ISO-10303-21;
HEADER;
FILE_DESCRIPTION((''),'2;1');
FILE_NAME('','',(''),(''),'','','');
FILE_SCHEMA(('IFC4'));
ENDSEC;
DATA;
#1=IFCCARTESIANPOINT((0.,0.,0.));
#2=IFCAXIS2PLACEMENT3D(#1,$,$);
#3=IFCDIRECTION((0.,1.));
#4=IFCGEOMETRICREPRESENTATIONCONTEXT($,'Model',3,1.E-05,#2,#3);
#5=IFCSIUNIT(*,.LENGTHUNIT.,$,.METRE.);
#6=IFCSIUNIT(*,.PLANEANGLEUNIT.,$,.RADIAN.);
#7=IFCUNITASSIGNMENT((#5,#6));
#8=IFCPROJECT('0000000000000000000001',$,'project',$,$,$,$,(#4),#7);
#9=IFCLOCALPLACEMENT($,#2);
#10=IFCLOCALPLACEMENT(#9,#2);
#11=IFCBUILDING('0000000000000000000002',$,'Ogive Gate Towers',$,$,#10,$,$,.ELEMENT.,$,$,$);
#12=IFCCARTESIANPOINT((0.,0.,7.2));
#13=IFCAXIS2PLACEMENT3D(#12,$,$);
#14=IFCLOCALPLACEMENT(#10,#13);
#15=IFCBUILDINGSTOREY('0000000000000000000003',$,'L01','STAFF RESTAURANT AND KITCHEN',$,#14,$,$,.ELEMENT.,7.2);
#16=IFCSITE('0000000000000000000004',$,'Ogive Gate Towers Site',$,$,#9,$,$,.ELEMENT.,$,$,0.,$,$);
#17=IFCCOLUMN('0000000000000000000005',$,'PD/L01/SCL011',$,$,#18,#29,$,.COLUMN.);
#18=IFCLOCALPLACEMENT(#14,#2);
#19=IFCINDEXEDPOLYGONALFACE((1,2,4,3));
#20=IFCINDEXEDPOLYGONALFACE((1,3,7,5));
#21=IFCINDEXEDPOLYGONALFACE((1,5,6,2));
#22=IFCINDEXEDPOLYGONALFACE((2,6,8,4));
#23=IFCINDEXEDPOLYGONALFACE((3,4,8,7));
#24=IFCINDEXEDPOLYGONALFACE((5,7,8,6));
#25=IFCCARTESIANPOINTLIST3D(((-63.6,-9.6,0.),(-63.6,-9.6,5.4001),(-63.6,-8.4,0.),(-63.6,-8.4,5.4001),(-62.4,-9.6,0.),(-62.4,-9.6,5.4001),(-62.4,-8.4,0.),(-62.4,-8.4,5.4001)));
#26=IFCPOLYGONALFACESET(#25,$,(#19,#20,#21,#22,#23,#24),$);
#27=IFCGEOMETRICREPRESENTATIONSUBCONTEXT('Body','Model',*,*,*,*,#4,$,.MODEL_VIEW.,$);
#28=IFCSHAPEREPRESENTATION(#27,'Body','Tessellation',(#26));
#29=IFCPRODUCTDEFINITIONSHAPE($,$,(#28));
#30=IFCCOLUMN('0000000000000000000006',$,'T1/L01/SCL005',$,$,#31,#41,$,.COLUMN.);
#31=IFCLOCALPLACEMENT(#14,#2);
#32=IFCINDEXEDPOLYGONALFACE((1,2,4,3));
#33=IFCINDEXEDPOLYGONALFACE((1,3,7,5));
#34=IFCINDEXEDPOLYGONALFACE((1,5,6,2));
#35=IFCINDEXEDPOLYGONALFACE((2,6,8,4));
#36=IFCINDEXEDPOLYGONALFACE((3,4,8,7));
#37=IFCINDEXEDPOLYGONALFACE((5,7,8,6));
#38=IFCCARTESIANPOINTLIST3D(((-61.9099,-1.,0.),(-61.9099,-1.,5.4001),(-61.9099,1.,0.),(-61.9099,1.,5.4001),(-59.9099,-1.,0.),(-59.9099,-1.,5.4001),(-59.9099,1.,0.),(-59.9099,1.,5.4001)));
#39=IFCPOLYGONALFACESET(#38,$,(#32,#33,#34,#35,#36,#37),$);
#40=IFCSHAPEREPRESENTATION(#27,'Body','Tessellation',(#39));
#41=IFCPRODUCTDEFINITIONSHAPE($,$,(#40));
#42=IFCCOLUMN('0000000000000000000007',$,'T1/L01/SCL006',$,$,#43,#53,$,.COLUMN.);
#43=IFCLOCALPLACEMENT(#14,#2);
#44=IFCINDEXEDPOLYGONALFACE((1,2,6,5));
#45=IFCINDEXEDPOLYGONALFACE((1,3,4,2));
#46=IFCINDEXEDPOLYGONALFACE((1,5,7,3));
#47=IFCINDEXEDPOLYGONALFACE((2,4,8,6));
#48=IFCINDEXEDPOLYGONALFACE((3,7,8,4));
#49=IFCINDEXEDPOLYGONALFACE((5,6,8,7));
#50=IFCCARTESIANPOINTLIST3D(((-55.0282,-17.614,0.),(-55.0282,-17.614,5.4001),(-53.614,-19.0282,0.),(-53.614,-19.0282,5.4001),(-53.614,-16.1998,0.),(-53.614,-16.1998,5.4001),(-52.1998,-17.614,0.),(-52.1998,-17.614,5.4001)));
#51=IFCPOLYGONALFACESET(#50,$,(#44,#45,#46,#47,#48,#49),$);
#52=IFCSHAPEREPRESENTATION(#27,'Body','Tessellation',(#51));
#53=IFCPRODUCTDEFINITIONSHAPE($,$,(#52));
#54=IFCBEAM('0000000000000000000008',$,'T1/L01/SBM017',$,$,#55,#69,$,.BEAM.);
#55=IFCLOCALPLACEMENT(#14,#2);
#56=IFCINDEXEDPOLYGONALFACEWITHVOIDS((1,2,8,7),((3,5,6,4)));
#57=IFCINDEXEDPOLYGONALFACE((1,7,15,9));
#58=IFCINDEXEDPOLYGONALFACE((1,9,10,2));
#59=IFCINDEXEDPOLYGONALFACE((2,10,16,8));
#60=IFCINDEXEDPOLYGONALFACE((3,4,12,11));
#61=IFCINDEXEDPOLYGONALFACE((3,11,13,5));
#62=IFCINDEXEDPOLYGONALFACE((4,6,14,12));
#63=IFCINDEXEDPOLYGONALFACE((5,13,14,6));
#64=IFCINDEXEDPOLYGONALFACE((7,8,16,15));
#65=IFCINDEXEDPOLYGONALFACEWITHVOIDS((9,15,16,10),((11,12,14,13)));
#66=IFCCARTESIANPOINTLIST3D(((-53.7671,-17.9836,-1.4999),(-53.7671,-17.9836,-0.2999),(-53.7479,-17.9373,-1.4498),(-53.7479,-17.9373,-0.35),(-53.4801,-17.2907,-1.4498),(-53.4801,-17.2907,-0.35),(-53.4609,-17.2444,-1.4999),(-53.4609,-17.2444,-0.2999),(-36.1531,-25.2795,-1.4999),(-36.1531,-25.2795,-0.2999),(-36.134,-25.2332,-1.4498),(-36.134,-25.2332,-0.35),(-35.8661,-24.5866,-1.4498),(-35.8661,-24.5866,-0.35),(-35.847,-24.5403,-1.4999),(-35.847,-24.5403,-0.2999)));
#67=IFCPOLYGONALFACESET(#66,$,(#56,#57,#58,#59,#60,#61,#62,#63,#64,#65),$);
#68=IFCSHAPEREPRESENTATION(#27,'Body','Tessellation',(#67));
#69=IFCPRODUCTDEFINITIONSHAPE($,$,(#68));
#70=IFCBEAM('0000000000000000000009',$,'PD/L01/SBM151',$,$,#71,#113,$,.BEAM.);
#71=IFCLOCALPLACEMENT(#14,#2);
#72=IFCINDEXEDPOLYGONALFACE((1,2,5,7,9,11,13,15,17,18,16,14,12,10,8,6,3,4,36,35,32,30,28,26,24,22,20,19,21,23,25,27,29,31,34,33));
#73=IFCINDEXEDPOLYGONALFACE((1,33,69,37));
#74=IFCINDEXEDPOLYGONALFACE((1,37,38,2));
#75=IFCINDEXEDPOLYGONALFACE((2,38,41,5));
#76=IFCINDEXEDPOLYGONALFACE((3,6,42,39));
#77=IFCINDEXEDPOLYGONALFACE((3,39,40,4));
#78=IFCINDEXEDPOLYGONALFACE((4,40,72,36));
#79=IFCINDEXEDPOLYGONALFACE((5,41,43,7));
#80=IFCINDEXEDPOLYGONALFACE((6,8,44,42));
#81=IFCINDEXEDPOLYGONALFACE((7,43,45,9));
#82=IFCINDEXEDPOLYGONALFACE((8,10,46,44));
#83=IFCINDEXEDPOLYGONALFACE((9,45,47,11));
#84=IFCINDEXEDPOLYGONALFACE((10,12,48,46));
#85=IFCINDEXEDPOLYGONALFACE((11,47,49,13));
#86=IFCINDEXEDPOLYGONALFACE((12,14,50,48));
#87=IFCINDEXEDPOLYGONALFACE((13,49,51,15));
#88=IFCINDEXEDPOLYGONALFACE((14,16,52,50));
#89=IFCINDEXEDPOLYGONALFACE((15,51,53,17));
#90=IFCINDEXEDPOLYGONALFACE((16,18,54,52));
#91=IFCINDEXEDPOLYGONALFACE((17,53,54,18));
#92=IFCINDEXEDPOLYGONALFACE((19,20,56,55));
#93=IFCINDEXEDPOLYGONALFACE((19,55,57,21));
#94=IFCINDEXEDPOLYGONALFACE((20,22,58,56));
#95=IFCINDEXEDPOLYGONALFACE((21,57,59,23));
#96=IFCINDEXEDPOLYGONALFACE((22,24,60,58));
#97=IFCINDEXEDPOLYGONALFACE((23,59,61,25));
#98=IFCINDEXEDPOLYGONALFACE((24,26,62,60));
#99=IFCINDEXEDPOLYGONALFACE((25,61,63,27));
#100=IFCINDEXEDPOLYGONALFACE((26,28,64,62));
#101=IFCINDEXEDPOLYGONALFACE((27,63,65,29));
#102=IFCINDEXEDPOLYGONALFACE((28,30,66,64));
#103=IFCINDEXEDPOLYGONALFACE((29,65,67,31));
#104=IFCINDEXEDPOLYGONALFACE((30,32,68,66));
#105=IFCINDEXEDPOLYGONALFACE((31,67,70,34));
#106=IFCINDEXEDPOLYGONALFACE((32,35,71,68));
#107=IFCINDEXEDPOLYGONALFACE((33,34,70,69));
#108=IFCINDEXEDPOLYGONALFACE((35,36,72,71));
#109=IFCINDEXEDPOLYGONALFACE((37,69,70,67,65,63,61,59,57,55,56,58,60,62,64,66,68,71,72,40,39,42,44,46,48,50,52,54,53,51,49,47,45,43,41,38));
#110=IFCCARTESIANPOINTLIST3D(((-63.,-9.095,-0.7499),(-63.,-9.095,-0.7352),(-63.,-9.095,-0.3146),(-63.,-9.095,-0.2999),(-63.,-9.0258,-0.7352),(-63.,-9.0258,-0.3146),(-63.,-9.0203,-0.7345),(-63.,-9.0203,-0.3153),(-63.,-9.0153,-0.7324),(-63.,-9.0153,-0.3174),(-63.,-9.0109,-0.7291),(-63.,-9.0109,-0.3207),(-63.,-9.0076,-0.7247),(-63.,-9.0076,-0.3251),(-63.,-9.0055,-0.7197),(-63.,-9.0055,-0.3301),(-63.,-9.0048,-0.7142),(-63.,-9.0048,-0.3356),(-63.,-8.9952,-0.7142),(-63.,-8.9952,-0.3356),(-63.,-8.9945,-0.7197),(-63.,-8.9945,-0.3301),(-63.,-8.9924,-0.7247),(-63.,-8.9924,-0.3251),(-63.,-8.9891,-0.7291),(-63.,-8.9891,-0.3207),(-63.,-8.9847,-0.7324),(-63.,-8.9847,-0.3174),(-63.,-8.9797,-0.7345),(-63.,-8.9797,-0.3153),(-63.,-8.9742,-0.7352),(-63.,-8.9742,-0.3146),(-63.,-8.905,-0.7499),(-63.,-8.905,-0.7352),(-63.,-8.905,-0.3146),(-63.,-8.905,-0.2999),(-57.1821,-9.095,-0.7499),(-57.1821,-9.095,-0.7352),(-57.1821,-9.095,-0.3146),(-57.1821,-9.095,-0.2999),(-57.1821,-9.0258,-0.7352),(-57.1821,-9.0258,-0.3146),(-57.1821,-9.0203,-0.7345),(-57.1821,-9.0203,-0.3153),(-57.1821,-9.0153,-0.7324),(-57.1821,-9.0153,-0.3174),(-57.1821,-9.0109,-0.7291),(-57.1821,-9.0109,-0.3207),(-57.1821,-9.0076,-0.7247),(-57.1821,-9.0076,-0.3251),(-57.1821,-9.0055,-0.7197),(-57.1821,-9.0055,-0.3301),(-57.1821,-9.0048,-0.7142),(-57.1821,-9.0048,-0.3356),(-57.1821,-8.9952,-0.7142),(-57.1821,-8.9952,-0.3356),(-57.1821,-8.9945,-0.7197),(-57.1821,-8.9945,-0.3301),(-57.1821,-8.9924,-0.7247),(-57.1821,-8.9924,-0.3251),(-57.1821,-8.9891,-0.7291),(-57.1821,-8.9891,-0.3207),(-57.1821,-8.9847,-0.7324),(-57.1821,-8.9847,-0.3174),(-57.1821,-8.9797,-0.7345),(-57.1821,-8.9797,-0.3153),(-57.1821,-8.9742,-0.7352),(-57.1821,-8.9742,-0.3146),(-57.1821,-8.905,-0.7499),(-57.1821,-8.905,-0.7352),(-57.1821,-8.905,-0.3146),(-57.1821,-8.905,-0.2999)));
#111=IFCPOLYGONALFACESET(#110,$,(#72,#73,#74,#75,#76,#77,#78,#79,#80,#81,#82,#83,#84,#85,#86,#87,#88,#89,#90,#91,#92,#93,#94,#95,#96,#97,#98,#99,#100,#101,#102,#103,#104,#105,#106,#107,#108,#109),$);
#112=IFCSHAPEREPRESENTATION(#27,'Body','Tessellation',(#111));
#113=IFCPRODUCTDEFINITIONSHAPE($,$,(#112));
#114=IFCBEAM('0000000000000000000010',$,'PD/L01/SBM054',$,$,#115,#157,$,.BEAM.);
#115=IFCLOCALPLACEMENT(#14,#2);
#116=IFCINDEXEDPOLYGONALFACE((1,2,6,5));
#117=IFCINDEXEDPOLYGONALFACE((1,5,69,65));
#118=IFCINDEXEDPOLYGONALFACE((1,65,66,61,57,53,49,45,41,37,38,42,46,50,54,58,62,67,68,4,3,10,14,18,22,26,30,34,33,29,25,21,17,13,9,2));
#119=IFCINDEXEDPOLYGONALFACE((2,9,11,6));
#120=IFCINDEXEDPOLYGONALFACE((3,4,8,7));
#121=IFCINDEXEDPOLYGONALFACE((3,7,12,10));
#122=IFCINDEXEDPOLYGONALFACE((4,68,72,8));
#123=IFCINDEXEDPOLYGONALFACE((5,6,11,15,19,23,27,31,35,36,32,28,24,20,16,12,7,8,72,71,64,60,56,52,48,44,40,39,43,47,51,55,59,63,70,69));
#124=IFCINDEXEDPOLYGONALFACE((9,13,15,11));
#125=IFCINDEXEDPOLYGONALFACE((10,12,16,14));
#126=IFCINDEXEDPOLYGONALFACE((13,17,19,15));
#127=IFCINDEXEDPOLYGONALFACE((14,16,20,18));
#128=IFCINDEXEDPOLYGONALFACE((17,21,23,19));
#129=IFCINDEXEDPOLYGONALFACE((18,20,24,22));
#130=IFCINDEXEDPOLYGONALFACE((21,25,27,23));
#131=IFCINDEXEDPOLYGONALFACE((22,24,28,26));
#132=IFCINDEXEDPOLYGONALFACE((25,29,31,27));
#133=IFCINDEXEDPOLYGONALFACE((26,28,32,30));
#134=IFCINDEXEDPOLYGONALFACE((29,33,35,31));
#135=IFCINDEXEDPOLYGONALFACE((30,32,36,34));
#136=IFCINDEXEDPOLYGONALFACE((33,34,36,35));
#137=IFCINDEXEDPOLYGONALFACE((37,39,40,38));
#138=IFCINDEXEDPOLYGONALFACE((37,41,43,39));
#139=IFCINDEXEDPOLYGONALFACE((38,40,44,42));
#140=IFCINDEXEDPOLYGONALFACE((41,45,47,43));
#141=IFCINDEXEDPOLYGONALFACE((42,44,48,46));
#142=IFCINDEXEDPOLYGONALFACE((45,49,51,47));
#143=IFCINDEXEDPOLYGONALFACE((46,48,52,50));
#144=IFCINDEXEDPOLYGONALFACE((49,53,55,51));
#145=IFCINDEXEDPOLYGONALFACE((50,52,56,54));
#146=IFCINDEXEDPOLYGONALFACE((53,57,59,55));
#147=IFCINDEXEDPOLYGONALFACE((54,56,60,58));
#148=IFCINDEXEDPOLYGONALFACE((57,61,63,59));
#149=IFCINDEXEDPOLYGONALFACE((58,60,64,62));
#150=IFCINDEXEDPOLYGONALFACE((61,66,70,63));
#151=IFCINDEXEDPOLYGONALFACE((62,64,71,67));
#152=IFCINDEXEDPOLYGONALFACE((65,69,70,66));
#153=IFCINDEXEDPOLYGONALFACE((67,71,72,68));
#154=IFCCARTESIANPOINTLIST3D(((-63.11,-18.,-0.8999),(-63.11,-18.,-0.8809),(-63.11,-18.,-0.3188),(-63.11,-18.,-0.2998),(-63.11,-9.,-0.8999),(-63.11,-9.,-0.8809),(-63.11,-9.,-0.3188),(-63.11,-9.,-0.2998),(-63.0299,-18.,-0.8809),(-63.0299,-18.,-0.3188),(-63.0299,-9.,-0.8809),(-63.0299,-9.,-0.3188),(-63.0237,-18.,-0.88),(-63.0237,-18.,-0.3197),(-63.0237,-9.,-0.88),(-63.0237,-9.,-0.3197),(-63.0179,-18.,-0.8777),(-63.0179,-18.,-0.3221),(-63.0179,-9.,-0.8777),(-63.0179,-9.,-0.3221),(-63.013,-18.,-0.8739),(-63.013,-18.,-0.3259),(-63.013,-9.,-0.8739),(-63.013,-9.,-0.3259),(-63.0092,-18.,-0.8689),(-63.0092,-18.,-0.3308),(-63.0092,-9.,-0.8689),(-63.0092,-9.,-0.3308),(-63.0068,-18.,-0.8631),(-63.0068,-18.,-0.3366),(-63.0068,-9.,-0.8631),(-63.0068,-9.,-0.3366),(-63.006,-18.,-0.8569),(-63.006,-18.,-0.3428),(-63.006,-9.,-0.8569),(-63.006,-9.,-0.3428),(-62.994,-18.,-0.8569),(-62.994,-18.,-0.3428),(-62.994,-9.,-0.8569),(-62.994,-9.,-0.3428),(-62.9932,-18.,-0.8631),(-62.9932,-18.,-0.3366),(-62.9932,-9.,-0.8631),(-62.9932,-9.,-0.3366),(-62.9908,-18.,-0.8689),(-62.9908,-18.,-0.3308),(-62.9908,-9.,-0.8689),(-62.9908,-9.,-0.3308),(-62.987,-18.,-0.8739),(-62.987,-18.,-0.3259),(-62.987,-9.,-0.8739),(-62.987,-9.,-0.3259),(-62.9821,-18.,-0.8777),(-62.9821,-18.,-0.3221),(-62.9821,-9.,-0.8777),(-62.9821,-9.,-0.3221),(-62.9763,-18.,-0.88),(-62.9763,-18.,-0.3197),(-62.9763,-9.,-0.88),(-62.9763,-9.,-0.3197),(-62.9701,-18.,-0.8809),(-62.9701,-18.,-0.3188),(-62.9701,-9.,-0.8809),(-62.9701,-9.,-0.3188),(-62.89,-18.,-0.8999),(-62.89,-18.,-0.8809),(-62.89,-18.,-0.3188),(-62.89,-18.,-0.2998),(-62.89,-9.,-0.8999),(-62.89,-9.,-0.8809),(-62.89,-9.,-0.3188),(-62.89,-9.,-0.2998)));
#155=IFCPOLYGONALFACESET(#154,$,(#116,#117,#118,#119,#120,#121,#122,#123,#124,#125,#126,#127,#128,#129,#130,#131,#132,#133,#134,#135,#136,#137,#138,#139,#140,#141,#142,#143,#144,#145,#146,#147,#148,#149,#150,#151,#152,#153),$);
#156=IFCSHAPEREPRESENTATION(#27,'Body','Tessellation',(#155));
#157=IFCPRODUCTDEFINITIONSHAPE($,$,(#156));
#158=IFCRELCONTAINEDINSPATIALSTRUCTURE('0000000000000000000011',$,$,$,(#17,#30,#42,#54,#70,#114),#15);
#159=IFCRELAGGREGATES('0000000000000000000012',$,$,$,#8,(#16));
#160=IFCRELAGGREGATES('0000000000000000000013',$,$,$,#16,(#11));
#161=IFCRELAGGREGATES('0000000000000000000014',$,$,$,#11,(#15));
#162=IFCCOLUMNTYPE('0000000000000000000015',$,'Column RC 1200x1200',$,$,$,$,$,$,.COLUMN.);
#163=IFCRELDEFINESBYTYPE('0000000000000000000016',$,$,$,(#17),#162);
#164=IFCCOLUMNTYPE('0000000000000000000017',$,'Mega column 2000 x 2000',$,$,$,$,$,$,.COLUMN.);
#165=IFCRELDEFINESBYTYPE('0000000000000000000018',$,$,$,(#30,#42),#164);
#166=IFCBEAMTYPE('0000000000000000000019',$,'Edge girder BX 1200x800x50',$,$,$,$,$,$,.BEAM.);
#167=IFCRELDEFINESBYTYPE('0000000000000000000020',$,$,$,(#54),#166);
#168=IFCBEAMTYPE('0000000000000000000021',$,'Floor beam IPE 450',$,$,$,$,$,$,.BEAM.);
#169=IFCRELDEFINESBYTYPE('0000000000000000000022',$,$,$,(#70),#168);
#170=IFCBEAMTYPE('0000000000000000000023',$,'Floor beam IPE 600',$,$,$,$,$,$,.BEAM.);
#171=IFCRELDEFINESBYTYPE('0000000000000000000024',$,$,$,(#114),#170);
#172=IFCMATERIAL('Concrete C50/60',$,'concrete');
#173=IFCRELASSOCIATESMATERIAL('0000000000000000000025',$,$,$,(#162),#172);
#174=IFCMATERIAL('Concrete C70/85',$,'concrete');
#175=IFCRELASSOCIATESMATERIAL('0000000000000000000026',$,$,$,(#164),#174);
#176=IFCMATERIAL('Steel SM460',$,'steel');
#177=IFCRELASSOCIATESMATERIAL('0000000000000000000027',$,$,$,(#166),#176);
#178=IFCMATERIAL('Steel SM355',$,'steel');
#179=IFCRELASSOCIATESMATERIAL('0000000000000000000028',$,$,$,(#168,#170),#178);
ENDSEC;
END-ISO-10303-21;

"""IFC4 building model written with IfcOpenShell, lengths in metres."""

from ifc_helpers import new_model, si_unit, direction, frame, origin, origin_2d, place, context, subcontext, project, spatial, rectangle, hollow_rectangle, i_section, extrude, material, material_profile, profile_set, type_object, element, save


model = new_model("IFC4")

# Units and contexts
model_context = context("Model", 3, precision=1e-05, world=origin(), true_north=direction((0.0, 1.0)))
body_context = subcontext(model_context, "Body", "Model", "MODEL_VIEW")
ifc_project = project(units=[si_unit("LENGTHUNIT", "METRE"), si_unit("PLANEANGLEUNIT", "RADIAN")], contexts=[model_context])

# Site, building, storey
site_placement = place(None, origin())
site = spatial("IfcSite", under=ifc_project, at=site_placement, Name="Ogive Gate Towers Site", CompositionType="ELEMENT", RefElevation=0.0)
building_placement = place(site_placement, origin())
building = spatial("IfcBuilding", under=site, at=building_placement, Name="Ogive Gate Towers", CompositionType="ELEMENT")
storey_placement = place(building_placement, frame((0.0, 0.0, 7.2)))
storey = spatial("IfcBuildingStorey", under=building, at=storey_placement, Name="L01", Description="STAFF RESTAURANT AND KITCHEN", CompositionType="ELEMENT", Elevation=7.2)

# Columns
ifc_material_1 = material(Name="Concrete C50/60", Category="concrete")
ifc_material_profile_1 = material_profile(ifc_material_1, rectangle(XDim=1.2, YDim=1.2, at=origin_2d()), Name="RC 1200x1200")
ifc_profile_set_1 = profile_set([ifc_material_profile_1], Name="Concrete C50/60")
column_type_1 = type_object("IfcColumnType", Name="Column RC 1200x1200", PredefinedType="COLUMN", material=ifc_profile_set_1)
column_placement = place(storey_placement, frame((-63.0, -9.0, 0.0), z_axis=(0.0, 0.0, 1.0), x_axis=(1.0, 0.0, 0.0)))
element("IfcColumn", 1, at=column_placement, inside=storey, type_object=column_type_1, Name="PD/L01/SCL011", PredefinedType="COLUMN", context=body_context, shape_type="SweptSolid", body=[
    extrude(rectangle(XDim=1.2, YDim=1.2, at=origin_2d()), origin(), (0.0, 0.0, 1.0), 5.4001),
])
ifc_material_2 = material(Name="Concrete C70/85", Category="concrete")
ifc_material_profile_2 = material_profile(ifc_material_2, rectangle(XDim=2.0, YDim=2.0, at=origin_2d()), Name="RC 2000x2000")
ifc_profile_set_2 = profile_set([ifc_material_profile_2], Name="Concrete C70/85")
column_type_2 = type_object("IfcColumnType", Name="Mega column 2000 x 2000", PredefinedType="COLUMN", material=ifc_profile_set_2)
for number, where, z_axis, x_axis, name in (
    (2, (-60.9099, 0.0, 0.0), (0.0, 0.0, 1.0), (-1.0, 0.0, 0.0), "T1/L01/SCL005"),
    (3, (-53.614, -17.614, 0.0), (0.0, 0.0, 1.0), (-0.707107, -0.707107, 0.0), "T1/L01/SCL006"),
):
    element("IfcColumn", number, at=place(storey_placement, frame(where, z_axis=z_axis, x_axis=x_axis)), inside=storey, type_object=column_type_2, Name=name, PredefinedType="COLUMN", context=body_context, shape_type="SweptSolid", body=[
        extrude(rectangle(XDim=2.0, YDim=2.0, at=origin_2d()), origin(), (0.0, 0.0, 1.0), 5.4001),
    ])

# Beams
ifc_material_3 = material(Name="Steel SM460", Category="steel")
ifc_material_profile_3 = material_profile(ifc_material_3, hollow_rectangle(XDim=0.8, YDim=1.2, WallThickness=0.05, at=origin_2d()), Name="BX 1200x800x50")
ifc_profile_set_3 = profile_set([ifc_material_profile_3], Name="Steel SM460")
beam_type_1 = type_object("IfcBeamType", Name="Edge girder BX 1200x800x50", PredefinedType="BEAM", material=ifc_profile_set_3)
beam_1_placement = place(storey_placement, frame((-53.614, -17.614, -0.8999), z_axis=(0.923881, -0.382681, 0.0), x_axis=(0.382681, 0.923881, 0.0)))
element("IfcBeam", 4, at=beam_1_placement, inside=storey, type_object=beam_type_1, Name="T1/L01/SBM017", PredefinedType="BEAM", context=body_context, shape_type="SweptSolid", body=[
    extrude(hollow_rectangle(XDim=0.8, YDim=1.2, WallThickness=0.05, at=origin_2d()), origin(), (0.0, 0.0, 1.0), 19.0652),
])
ifc_material_4 = material(Name="Steel SM355", Category="steel")
ifc_material_profile_4 = material_profile(ifc_material_4, i_section(OverallWidth=0.1899, OverallDepth=0.45, WebThickness=0.0095, FlangeThickness=0.0146, FilletRadius=0.021, at=origin_2d()), Name="IPE 450")
ifc_profile_set_4 = profile_set([ifc_material_profile_4], Name="Steel SM355")
beam_type_2 = type_object("IfcBeamType", Name="Floor beam IPE 450", PredefinedType="BEAM", material=ifc_profile_set_4)
beam_2_placement = place(storey_placement, frame((-63.0, -9.0, -0.5249), z_axis=(1.0, 0.0, 0.0), x_axis=(0.0, 1.0, 0.0)))
element("IfcBeam", 5, at=beam_2_placement, inside=storey, type_object=beam_type_2, Name="PD/L01/SBM151", PredefinedType="BEAM", context=body_context, shape_type="SweptSolid", body=[
    extrude(i_section(OverallWidth=0.1899, OverallDepth=0.45, WebThickness=0.0095, FlangeThickness=0.0146, FilletRadius=0.021, at=origin_2d()), origin(), (0.0, 0.0, 1.0), 5.8179),
])
ifc_material_profile_5 = material_profile(ifc_material_4, i_section(OverallWidth=0.22, OverallDepth=0.6001, WebThickness=0.012, FlangeThickness=0.019, FilletRadius=0.0239, at=origin_2d()), Name="IPE 600")
ifc_profile_set_5 = profile_set([ifc_material_profile_5], Name="Steel SM355")
beam_type_3 = type_object("IfcBeamType", Name="Floor beam IPE 600", PredefinedType="BEAM", material=ifc_profile_set_5)
beam_3_placement = place(storey_placement, frame((-63.0, -18.0, -0.5999), z_axis=(0.0, 1.0, 0.0), x_axis=(-1.0, 0.0, 0.0)))
element("IfcBeam", 6, at=beam_3_placement, inside=storey, type_object=beam_type_3, Name="PD/L01/SBM054", PredefinedType="BEAM", context=body_context, shape_type="SweptSolid", body=[
    extrude(i_section(OverallWidth=0.22, OverallDepth=0.6001, WebThickness=0.012, FlangeThickness=0.019, FilletRadius=0.0239, at=origin_2d()), origin(), (0.0, 0.0, 1.0), 9.0),
])

save(model, "model.ifc")
